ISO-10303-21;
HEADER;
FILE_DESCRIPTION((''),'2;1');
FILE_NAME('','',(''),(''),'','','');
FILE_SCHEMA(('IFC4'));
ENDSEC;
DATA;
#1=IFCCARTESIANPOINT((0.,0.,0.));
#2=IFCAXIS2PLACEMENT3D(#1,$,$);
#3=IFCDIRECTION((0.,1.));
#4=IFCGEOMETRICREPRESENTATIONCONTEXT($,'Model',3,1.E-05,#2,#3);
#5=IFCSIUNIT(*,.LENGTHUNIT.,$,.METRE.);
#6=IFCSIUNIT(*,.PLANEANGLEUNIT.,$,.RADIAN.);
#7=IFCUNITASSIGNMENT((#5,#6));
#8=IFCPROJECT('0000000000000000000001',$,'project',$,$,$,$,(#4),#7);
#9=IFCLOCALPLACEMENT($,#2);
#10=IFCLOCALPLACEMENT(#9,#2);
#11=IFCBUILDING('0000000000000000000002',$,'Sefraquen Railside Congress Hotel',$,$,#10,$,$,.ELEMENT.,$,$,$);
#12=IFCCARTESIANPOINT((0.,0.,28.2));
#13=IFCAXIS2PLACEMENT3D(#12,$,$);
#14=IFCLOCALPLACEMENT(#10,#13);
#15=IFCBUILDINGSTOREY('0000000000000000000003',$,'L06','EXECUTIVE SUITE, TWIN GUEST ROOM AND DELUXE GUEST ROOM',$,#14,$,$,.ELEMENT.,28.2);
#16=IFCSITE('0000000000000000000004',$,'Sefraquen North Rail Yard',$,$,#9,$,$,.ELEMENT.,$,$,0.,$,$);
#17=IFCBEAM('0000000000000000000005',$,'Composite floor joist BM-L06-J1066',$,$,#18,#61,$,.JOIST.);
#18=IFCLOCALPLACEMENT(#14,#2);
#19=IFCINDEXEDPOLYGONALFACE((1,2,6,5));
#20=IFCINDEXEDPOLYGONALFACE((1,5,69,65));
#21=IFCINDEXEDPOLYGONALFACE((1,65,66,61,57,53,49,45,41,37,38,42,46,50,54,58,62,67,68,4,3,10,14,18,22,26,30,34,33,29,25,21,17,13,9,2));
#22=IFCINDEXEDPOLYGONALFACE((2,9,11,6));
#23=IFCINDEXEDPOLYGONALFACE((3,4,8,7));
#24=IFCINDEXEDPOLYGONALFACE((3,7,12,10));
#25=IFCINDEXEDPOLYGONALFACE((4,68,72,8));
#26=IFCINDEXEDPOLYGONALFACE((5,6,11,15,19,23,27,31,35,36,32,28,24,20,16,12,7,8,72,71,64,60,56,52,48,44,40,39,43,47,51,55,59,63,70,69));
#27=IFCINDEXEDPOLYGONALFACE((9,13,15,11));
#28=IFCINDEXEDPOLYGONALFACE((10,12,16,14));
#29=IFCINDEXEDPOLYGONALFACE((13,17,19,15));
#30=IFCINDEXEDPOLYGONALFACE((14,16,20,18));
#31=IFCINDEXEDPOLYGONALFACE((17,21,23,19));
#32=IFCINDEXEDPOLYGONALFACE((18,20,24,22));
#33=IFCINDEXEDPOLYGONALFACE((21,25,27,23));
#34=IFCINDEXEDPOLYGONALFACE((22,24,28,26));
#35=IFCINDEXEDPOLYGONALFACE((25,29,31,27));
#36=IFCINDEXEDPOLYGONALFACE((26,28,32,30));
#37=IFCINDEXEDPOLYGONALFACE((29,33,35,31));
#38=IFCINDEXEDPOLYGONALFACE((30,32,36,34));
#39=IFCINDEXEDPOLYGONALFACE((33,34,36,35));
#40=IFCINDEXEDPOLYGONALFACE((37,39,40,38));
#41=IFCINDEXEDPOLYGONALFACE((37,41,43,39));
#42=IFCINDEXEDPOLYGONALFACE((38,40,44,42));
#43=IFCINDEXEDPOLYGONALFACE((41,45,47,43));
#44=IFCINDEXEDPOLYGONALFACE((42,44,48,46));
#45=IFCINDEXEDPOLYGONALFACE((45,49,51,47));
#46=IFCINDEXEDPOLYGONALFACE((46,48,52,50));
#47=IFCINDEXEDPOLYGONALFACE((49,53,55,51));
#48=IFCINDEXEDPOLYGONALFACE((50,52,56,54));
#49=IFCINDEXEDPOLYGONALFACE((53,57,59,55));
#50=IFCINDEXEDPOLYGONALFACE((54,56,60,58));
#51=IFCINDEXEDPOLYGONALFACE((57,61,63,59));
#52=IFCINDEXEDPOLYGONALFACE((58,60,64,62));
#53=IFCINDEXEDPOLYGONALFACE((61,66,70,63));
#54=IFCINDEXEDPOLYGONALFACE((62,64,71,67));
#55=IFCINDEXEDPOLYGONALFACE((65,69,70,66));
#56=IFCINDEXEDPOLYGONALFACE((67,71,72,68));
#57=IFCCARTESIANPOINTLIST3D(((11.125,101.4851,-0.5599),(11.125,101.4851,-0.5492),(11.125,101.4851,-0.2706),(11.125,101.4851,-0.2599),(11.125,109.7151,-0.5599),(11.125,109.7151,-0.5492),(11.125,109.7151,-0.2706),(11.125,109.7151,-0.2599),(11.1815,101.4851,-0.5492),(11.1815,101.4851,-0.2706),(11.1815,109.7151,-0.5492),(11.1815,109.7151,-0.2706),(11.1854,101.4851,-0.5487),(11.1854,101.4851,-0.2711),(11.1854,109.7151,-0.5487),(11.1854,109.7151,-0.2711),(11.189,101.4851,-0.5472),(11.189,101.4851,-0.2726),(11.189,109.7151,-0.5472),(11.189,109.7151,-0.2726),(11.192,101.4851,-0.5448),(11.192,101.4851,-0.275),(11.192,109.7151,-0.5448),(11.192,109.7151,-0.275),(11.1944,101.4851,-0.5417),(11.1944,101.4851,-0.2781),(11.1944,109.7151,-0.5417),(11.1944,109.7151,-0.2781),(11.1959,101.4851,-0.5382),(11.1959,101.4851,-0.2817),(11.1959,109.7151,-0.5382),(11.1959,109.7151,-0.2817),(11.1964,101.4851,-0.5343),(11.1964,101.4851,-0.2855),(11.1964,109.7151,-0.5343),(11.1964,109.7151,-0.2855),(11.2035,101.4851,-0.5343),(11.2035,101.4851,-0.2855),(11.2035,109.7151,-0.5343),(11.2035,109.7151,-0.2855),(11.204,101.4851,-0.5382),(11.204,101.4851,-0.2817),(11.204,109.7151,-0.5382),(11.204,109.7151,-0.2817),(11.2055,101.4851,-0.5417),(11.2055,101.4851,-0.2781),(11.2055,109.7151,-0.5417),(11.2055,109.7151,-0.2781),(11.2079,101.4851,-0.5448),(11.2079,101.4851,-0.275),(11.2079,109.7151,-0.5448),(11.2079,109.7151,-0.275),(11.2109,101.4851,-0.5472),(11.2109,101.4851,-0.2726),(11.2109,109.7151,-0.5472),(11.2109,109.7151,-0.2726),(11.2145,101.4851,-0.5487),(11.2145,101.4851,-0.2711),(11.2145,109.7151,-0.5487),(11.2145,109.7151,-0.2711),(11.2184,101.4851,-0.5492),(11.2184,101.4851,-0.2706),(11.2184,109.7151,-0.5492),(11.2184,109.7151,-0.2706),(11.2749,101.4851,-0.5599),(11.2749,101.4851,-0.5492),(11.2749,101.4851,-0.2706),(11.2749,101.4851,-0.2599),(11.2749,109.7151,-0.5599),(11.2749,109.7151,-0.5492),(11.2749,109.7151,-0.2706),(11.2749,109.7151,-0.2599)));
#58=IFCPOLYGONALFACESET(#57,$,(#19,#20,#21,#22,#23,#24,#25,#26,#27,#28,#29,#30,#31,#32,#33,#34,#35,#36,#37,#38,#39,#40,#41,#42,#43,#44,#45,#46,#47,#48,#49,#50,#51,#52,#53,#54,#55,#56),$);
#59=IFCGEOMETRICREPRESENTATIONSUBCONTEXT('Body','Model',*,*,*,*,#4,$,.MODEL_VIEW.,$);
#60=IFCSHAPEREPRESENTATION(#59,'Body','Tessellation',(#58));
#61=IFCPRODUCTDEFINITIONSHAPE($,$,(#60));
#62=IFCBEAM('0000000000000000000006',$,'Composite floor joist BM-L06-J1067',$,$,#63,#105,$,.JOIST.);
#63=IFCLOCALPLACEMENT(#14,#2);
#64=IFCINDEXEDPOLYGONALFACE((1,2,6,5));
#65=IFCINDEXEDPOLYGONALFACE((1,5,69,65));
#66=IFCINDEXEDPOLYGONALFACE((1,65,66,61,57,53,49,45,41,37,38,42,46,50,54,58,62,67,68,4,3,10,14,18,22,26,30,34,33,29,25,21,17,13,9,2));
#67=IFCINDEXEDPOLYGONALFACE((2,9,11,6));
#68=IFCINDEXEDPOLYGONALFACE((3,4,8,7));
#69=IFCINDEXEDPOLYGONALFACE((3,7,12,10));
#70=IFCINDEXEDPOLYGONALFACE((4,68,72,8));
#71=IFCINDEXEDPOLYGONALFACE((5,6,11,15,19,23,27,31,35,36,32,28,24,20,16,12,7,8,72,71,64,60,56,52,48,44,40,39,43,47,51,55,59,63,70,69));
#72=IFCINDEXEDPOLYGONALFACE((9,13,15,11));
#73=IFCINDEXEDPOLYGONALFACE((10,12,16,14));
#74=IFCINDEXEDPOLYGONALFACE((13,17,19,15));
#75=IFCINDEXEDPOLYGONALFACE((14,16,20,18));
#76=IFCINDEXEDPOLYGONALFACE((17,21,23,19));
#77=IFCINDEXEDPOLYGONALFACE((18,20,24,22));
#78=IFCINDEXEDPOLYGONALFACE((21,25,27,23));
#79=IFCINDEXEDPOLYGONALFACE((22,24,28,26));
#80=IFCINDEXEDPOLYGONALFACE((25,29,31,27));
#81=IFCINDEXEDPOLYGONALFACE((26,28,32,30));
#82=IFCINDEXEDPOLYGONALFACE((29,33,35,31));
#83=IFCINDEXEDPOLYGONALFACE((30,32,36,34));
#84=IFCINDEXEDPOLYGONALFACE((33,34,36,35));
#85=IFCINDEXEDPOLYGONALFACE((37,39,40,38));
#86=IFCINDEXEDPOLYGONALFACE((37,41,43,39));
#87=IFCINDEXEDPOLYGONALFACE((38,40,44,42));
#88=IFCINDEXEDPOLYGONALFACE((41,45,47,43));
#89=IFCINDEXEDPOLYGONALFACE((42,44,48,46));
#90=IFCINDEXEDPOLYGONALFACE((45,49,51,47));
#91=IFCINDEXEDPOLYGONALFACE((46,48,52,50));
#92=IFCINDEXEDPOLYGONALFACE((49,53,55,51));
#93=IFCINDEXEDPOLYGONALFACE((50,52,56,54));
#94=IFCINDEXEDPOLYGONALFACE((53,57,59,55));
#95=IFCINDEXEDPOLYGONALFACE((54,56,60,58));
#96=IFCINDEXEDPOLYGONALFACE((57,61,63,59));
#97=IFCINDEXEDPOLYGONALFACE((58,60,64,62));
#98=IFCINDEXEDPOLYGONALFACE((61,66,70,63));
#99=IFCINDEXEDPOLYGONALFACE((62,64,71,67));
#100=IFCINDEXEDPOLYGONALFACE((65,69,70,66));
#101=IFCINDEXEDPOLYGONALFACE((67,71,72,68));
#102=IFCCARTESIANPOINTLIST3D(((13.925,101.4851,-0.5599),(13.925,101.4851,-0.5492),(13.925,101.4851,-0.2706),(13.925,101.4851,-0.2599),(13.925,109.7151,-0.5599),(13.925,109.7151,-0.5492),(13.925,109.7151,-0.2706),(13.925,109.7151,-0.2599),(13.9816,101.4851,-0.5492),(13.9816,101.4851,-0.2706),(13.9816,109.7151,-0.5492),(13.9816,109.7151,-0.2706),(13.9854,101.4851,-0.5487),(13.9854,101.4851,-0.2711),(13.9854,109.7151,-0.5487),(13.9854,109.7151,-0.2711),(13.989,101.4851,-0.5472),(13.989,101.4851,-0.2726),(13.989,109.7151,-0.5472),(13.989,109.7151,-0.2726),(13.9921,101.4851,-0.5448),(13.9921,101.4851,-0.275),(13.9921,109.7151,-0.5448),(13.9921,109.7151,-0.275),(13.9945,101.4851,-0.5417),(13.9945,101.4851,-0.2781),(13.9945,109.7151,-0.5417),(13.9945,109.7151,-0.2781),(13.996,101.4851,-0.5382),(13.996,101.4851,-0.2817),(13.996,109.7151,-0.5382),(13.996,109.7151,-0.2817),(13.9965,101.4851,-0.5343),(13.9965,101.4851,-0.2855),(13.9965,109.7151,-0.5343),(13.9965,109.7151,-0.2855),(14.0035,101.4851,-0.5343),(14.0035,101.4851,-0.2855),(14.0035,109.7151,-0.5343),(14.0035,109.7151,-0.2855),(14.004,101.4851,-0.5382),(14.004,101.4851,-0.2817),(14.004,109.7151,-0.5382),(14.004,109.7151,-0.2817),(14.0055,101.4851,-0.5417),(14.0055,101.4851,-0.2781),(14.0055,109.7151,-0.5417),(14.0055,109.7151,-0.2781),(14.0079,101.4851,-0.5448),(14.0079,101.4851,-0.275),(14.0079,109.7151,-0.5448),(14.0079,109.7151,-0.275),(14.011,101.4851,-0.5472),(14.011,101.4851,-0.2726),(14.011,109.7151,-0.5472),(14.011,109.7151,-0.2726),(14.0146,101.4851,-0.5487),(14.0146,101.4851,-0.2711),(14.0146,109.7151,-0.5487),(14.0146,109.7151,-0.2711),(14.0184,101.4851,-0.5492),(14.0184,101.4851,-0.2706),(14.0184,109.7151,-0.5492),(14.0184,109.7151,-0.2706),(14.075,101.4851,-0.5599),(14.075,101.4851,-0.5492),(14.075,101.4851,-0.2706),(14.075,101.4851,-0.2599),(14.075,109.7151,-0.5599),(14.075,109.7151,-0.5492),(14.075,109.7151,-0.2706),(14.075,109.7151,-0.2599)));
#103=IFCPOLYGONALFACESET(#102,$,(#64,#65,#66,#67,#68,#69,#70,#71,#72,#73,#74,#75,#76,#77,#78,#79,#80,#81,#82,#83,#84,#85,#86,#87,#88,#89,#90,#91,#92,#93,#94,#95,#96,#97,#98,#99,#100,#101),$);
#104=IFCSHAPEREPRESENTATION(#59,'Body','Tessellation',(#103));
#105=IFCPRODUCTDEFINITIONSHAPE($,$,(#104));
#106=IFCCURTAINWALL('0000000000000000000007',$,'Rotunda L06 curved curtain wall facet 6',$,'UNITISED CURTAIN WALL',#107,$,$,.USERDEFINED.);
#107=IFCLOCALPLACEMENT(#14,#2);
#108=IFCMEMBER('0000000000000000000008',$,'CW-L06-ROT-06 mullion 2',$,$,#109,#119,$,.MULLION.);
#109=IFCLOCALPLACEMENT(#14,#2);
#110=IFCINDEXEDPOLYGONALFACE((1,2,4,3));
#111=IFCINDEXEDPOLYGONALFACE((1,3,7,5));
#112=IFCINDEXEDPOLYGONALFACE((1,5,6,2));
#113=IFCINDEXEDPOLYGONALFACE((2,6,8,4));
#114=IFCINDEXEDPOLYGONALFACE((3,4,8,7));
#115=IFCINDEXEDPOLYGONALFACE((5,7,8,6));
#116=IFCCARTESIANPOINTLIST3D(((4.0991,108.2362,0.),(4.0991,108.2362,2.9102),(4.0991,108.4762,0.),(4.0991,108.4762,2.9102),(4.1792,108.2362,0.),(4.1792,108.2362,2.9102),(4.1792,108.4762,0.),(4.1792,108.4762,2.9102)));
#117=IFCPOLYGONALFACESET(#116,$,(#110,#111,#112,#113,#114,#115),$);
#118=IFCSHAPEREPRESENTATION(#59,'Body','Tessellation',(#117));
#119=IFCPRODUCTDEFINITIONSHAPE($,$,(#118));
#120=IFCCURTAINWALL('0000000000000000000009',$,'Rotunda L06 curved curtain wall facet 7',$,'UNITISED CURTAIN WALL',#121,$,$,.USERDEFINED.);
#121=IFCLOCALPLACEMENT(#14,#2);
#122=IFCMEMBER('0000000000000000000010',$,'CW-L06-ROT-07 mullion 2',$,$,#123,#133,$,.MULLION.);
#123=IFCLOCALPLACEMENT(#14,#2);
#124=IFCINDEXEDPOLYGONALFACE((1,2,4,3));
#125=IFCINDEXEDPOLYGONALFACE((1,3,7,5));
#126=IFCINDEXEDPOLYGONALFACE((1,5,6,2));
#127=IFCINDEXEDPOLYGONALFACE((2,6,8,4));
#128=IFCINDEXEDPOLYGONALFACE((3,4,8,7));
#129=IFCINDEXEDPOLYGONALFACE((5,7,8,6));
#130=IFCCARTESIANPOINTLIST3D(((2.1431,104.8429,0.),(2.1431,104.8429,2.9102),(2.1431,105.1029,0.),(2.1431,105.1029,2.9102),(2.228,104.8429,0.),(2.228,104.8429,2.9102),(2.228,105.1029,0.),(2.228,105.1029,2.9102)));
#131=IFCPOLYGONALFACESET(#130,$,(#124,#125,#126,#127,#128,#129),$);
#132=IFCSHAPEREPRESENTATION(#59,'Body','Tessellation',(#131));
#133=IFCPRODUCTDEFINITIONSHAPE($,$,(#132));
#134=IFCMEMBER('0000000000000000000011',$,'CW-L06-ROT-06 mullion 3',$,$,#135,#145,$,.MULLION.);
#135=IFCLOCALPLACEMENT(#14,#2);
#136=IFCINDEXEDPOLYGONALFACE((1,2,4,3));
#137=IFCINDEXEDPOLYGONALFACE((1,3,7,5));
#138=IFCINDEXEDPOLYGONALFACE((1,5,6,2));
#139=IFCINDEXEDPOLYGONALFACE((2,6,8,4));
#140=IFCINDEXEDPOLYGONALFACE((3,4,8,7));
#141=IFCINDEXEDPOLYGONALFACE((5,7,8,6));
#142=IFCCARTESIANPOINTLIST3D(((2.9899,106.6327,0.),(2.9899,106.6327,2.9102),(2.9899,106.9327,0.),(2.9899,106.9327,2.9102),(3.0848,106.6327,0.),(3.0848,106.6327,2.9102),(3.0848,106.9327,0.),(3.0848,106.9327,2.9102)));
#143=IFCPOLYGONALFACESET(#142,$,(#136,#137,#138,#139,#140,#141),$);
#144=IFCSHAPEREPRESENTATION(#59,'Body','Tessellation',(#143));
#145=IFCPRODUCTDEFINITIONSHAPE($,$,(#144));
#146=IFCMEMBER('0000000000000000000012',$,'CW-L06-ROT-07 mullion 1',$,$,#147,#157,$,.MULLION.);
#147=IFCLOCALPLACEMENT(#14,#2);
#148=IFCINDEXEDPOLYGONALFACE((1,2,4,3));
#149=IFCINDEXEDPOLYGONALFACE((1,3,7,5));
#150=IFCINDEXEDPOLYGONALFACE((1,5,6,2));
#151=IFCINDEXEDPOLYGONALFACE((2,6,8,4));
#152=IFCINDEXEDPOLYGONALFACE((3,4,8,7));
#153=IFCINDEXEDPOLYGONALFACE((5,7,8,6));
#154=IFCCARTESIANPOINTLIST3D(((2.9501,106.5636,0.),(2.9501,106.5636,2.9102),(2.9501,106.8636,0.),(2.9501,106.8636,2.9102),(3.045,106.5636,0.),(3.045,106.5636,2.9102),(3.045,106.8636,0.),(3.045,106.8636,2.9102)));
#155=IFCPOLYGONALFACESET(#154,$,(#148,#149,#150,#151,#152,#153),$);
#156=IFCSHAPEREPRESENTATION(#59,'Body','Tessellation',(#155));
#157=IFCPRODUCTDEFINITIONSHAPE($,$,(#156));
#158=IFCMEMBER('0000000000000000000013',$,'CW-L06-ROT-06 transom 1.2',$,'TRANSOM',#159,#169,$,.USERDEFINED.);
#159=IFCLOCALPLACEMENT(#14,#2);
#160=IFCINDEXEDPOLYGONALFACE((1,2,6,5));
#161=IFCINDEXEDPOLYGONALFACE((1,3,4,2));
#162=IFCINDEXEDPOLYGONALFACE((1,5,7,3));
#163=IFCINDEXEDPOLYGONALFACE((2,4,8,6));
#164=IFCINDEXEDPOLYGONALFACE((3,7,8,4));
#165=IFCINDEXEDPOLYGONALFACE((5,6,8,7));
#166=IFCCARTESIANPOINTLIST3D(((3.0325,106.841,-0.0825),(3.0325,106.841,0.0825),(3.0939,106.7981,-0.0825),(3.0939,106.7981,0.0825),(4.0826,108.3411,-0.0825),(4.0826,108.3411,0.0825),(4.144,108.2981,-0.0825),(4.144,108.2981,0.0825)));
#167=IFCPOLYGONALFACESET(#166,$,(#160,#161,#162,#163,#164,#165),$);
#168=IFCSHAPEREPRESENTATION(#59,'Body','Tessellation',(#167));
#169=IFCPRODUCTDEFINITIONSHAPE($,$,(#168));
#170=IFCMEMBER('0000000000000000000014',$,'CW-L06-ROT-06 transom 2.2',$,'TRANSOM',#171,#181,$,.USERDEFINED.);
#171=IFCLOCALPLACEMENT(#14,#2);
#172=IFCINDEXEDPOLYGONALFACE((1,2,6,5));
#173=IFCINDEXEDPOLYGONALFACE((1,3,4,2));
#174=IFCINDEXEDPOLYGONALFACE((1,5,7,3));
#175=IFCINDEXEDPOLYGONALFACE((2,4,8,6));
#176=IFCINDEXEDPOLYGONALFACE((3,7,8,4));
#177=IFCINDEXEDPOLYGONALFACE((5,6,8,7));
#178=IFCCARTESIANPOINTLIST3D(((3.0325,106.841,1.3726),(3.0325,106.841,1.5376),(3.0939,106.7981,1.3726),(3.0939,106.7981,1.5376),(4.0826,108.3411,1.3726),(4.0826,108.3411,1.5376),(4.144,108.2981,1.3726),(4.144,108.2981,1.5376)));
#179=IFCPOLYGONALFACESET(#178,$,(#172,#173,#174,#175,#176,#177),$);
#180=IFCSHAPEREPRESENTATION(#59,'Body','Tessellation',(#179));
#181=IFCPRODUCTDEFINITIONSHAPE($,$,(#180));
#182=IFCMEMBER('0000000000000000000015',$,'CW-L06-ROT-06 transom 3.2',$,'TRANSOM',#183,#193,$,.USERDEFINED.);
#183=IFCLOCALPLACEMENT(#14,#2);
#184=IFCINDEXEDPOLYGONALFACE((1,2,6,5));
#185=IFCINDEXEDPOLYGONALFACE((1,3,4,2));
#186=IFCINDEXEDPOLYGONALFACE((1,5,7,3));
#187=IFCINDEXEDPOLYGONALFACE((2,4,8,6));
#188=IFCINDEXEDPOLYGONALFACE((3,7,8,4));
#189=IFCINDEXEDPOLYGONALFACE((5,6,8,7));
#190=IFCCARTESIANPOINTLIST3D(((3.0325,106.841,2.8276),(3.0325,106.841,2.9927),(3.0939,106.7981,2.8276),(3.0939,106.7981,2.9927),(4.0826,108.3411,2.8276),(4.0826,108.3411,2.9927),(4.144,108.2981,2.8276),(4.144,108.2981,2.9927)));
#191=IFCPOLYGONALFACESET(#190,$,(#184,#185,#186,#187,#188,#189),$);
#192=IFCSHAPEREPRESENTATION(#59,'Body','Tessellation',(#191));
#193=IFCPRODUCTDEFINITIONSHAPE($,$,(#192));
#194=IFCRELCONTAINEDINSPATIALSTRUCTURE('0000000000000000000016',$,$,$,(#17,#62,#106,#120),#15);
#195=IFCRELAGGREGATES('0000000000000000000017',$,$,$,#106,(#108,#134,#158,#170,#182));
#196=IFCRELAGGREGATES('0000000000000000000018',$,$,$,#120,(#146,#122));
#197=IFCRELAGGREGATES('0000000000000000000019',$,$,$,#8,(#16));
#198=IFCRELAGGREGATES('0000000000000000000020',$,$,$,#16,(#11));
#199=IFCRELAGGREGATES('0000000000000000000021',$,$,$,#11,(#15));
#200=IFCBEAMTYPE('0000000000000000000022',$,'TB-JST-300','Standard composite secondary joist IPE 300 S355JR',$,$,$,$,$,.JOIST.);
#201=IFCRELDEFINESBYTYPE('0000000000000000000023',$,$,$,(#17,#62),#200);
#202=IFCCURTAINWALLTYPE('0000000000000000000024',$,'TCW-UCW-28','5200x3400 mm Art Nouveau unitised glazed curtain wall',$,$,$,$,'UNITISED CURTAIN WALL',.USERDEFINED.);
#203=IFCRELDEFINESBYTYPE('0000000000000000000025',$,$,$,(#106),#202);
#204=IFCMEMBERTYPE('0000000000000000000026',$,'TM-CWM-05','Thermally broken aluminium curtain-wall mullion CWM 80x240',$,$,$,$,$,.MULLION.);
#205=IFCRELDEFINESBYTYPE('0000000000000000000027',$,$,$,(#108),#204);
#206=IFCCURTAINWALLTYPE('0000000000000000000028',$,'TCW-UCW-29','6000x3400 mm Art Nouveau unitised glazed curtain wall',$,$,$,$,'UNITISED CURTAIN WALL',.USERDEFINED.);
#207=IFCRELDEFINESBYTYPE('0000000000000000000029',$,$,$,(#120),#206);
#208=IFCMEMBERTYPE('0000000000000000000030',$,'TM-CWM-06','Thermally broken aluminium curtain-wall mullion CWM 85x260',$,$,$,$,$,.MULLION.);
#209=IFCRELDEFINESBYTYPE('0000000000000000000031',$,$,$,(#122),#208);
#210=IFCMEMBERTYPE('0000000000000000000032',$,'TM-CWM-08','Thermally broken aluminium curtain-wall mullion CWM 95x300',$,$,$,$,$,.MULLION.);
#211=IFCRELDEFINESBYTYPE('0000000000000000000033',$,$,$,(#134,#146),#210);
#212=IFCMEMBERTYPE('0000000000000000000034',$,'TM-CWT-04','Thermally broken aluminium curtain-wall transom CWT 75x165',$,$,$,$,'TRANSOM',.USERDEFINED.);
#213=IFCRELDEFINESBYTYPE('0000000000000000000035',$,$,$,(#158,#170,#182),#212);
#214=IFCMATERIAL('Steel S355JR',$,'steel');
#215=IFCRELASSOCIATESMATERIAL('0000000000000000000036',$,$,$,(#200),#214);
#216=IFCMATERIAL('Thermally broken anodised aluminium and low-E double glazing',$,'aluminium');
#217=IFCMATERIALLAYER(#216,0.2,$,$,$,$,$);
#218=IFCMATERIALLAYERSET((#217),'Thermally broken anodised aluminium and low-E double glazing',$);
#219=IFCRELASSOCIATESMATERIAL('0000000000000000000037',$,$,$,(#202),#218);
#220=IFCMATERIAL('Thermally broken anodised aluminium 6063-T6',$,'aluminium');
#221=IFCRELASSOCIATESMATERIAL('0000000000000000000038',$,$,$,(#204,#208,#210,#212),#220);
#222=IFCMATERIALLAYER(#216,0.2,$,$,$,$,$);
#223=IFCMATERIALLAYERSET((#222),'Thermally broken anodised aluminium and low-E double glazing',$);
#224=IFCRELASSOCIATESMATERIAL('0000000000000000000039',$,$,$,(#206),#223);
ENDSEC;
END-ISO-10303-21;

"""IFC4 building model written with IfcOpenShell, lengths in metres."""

from ifc_helpers import new_model, si_unit, direction, frame, origin, origin_2d, place, context, subcontext, project, spatial, rectangle, i_section, extrude, material, layer, layer_set, material_profile, profile_set, type_object, element, aggregate, save


model = new_model("IFC4")

# Units and contexts
model_context = context("Model", 3, precision=1e-05, world=origin(), true_north=direction((0.0, 1.0)))
body_context = subcontext(model_context, "Body", "Model", "MODEL_VIEW")
ifc_project = project(units=[si_unit("LENGTHUNIT", "METRE"), si_unit("PLANEANGLEUNIT", "RADIAN")], contexts=[model_context])

# Site, building, storey
site_placement = place(None, origin())
site = spatial("IfcSite", under=ifc_project, at=site_placement, Name="Sefraquen North Rail Yard", CompositionType="ELEMENT", RefElevation=0.0)
building_placement = place(site_placement, origin())
building = spatial("IfcBuilding", under=site, at=building_placement, Name="Sefraquen Railside Congress Hotel", CompositionType="ELEMENT")
storey_placement = place(building_placement, frame((0.0, 0.0, 28.2)))
storey = spatial("IfcBuildingStorey", under=building, at=storey_placement, Name="L06", Description="EXECUTIVE SUITE, TWIN GUEST ROOM AND DELUXE GUEST ROOM", CompositionType="ELEMENT", Elevation=28.2)

# Shared definitions
ifc_material_1 = material(Name="Steel S355JR", Category="steel")

# Beams
ifc_material_profile_1 = material_profile(ifc_material_1, i_section(OverallWidth=0.1499, OverallDepth=0.3, WebThickness=0.0071, FlangeThickness=0.0107, FilletRadius=0.0149, at=origin_2d()), Name="IPE 300")
ifc_profile_set_1 = profile_set([ifc_material_profile_1], Name="Steel S355JR")
beam_type_1 = type_object("IfcBeamType", Name="TB-JST-300", Description="Standard composite secondary joist IPE 300 S355JR", PredefinedType="JOIST", material=ifc_profile_set_1)
for number, where, z_axis, x_axis, name in (
    (1, (11.2, 101.4851, -0.4099), (0.0, 1.0, 0.0), (-1.0, 0.0, 0.0), "Composite floor joist BM-L06-J1066"),
    (2, (14.0, 101.4851, -0.4099), (0.0, 1.0, 0.0), (-1.0, 0.0, 0.0), "Composite floor joist BM-L06-J1067"),
):
    element("IfcBeam", number, at=place(storey_placement, frame(where, z_axis=z_axis, x_axis=x_axis)), inside=storey, type_object=beam_type_1, Name=name, PredefinedType="JOIST", context=body_context, shape_type="SweptSolid", body=[
        extrude(i_section(OverallWidth=0.1499, OverallDepth=0.3, WebThickness=0.0071, FlangeThickness=0.0107, FilletRadius=0.0149, at=origin_2d()), origin(), (0.0, 0.0, 1.0), 8.23),
    ])

# Curtain walls, members
ifc_material_2 = material(Name="Thermally broken anodised aluminium and low-E double glazing", Category="aluminium")
ifc_layer_1 = layer(ifc_material_2, 0.2)
ifc_layer_set_1 = layer_set([ifc_layer_1], Name="Thermally broken anodised aluminium and low-E double glazing")
curtain_wall_type_1 = type_object("IfcCurtainWallType", Name="TCW-UCW-28", Description="5200x3400 mm Art Nouveau unitised glazed curtain wall", ElementType="UNITISED CURTAIN WALL", PredefinedType="USERDEFINED", material=ifc_layer_set_1)
curtain_wall_1_placement = place(storey_placement, origin())
curtain_wall_1 = element("IfcCurtainWall", 3, at=curtain_wall_1_placement, inside=storey, type_object=curtain_wall_type_1, Name="Rotunda L06 curved curtain wall facet 6", ObjectType="UNITISED CURTAIN WALL", PredefinedType="USERDEFINED")
ifc_material_3 = material(Name="Thermally broken anodised aluminium 6063-T6", Category="aluminium")
ifc_material_profile_2 = material_profile(ifc_material_3, rectangle(XDim=0.0801, YDim=0.24, at=origin_2d()), Name="CWM 80x240")
ifc_profile_set_2 = profile_set([ifc_material_profile_2], Name="Thermally broken anodised aluminium 6063-T6")
member_type_1 = type_object("IfcMemberType", Name="TM-CWM-05", Description="Thermally broken aluminium curtain-wall mullion CWM 80x240", PredefinedType="MULLION", material=ifc_profile_set_2)
member_1_placement = place(storey_placement, frame((4.1392, 108.3562, 0.0), z_axis=(0.0, 0.0, 1.0), x_axis=(1.0, 0.0, 0.0)))
member_1 = element("IfcMember", 4, at=member_1_placement, type_object=member_type_1, Name="CW-L06-ROT-06 mullion 2", PredefinedType="MULLION", context=body_context, shape_type="SweptSolid", body=[
    extrude(rectangle(XDim=0.0801, YDim=0.24, at=origin_2d()), origin(), (0.0, 0.0, 1.0), 2.9102),
])
ifc_layer_2 = layer(ifc_material_2, 0.2)
ifc_layer_set_2 = layer_set([ifc_layer_2], Name="Thermally broken anodised aluminium and low-E double glazing")
curtain_wall_type_2 = type_object("IfcCurtainWallType", Name="TCW-UCW-29", Description="6000x3400 mm Art Nouveau unitised glazed curtain wall", ElementType="UNITISED CURTAIN WALL", PredefinedType="USERDEFINED", material=ifc_layer_set_2)
curtain_wall_2_placement = place(storey_placement, origin())
curtain_wall_2 = element("IfcCurtainWall", 5, at=curtain_wall_2_placement, inside=storey, type_object=curtain_wall_type_2, Name="Rotunda L06 curved curtain wall facet 7", ObjectType="UNITISED CURTAIN WALL", PredefinedType="USERDEFINED")
ifc_material_profile_3 = material_profile(ifc_material_3, rectangle(XDim=0.085, YDim=0.26, at=origin_2d()), Name="CWM 85x260")
ifc_profile_set_3 = profile_set([ifc_material_profile_3], Name="Thermally broken anodised aluminium 6063-T6")
member_type_2 = type_object("IfcMemberType", Name="TM-CWM-06", Description="Thermally broken aluminium curtain-wall mullion CWM 85x260", PredefinedType="MULLION", material=ifc_profile_set_3)
member_2_placement = place(storey_placement, frame((2.1855, 104.9729, 0.0), z_axis=(0.0, 0.0, 1.0), x_axis=(1.0, 0.0, 0.0)))
member_2 = element("IfcMember", 6, at=member_2_placement, type_object=member_type_2, Name="CW-L06-ROT-07 mullion 2", PredefinedType="MULLION", context=body_context, shape_type="SweptSolid", body=[
    extrude(rectangle(XDim=0.085, YDim=0.26, at=origin_2d()), origin(), (0.0, 0.0, 1.0), 2.9102),
])

# Members
ifc_material_profile_4 = material_profile(ifc_material_3, rectangle(XDim=0.095, YDim=0.3, at=origin_2d()), Name="CWM 95x300")
ifc_profile_set_4 = profile_set([ifc_material_profile_4], Name="Thermally broken anodised aluminium 6063-T6")
member_type_3 = type_object("IfcMemberType", Name="TM-CWM-08", Description="Thermally broken aluminium curtain-wall mullion CWM 95x300", PredefinedType="MULLION", material=ifc_profile_set_4)
member_3_placement = place(storey_placement, frame((3.0374, 106.7827, 0.0), z_axis=(0.0, 0.0, 1.0), x_axis=(1.0, 0.0, 0.0)))
member_3 = element("IfcMember", 7, at=member_3_placement, type_object=member_type_3, Name="CW-L06-ROT-06 mullion 3", PredefinedType="MULLION", context=body_context, shape_type="SweptSolid", body=[
    extrude(rectangle(XDim=0.095, YDim=0.3, at=origin_2d()), origin(), (0.0, 0.0, 1.0), 2.9102),
])
member_4_placement = place(storey_placement, frame((2.9976, 106.7136, 0.0), z_axis=(0.0, 0.0, 1.0), x_axis=(1.0, 0.0, 0.0)))
member_4 = element("IfcMember", 8, at=member_4_placement, type_object=member_type_3, Name="CW-L06-ROT-07 mullion 1", PredefinedType="MULLION", context=body_context, shape_type="SweptSolid", body=[
    extrude(rectangle(XDim=0.095, YDim=0.3, at=origin_2d()), origin(), (0.0, 0.0, 1.0), 2.9102),
])
ifc_material_profile_5 = material_profile(ifc_material_3, rectangle(XDim=0.075, YDim=0.165, at=origin_2d()), Name="CWT 75x165")
ifc_profile_set_5 = profile_set([ifc_material_profile_5], Name="Thermally broken anodised aluminium 6063-T6")
member_type_4 = type_object("IfcMemberType", Name="TM-CWT-04", Description="Thermally broken aluminium curtain-wall transom CWT 75x165", ElementType="TRANSOM", PredefinedType="USERDEFINED", material=ifc_profile_set_5)
member_5_placement = place(storey_placement, frame((4.1133, 108.3196, 0.0), z_axis=(-0.57348, -0.819219, 0.0), x_axis=(0.819219, -0.57348, 0.0)))
member_5 = element("IfcMember", 9, at=member_5_placement, type_object=member_type_4, Name="CW-L06-ROT-06 transom 1.2", ObjectType="TRANSOM", PredefinedType="USERDEFINED", context=body_context, shape_type="SweptSolid", body=[
    extrude(rectangle(XDim=0.075, YDim=0.165, at=origin_2d()), origin(), (0.0, 0.0, 1.0), 1.8311),
])
member_6_placement = place(storey_placement, frame((4.1133, 108.3196, 1.4551), z_axis=(-0.57348, -0.819219, 0.0), x_axis=(0.819219, -0.57348, 0.0)))
member_6 = element("IfcMember", 10, at=member_6_placement, type_object=member_type_4, Name="CW-L06-ROT-06 transom 2.2", ObjectType="TRANSOM", PredefinedType="USERDEFINED", context=body_context, shape_type="SweptSolid", body=[
    extrude(rectangle(XDim=0.075, YDim=0.165, at=origin_2d()), origin(), (0.0, 0.0, 1.0), 1.8311),
])
member_7_placement = place(storey_placement, frame((4.1133, 108.3196, 2.9102), z_axis=(-0.57348, -0.819219, 0.0), x_axis=(0.819219, -0.57348, 0.0)))
member_7 = element("IfcMember", 11, at=member_7_placement, type_object=member_type_4, Name="CW-L06-ROT-06 transom 3.2", ObjectType="TRANSOM", PredefinedType="USERDEFINED", context=body_context, shape_type="SweptSolid", body=[
    extrude(rectangle(XDim=0.075, YDim=0.165, at=origin_2d()), origin(), (0.0, 0.0, 1.0), 1.8311),
])

aggregate(curtain_wall_1, [member_1, member_3, member_5, member_6, member_7])
aggregate(curtain_wall_2, [member_4, member_2])

save(model, "model.ifc")
